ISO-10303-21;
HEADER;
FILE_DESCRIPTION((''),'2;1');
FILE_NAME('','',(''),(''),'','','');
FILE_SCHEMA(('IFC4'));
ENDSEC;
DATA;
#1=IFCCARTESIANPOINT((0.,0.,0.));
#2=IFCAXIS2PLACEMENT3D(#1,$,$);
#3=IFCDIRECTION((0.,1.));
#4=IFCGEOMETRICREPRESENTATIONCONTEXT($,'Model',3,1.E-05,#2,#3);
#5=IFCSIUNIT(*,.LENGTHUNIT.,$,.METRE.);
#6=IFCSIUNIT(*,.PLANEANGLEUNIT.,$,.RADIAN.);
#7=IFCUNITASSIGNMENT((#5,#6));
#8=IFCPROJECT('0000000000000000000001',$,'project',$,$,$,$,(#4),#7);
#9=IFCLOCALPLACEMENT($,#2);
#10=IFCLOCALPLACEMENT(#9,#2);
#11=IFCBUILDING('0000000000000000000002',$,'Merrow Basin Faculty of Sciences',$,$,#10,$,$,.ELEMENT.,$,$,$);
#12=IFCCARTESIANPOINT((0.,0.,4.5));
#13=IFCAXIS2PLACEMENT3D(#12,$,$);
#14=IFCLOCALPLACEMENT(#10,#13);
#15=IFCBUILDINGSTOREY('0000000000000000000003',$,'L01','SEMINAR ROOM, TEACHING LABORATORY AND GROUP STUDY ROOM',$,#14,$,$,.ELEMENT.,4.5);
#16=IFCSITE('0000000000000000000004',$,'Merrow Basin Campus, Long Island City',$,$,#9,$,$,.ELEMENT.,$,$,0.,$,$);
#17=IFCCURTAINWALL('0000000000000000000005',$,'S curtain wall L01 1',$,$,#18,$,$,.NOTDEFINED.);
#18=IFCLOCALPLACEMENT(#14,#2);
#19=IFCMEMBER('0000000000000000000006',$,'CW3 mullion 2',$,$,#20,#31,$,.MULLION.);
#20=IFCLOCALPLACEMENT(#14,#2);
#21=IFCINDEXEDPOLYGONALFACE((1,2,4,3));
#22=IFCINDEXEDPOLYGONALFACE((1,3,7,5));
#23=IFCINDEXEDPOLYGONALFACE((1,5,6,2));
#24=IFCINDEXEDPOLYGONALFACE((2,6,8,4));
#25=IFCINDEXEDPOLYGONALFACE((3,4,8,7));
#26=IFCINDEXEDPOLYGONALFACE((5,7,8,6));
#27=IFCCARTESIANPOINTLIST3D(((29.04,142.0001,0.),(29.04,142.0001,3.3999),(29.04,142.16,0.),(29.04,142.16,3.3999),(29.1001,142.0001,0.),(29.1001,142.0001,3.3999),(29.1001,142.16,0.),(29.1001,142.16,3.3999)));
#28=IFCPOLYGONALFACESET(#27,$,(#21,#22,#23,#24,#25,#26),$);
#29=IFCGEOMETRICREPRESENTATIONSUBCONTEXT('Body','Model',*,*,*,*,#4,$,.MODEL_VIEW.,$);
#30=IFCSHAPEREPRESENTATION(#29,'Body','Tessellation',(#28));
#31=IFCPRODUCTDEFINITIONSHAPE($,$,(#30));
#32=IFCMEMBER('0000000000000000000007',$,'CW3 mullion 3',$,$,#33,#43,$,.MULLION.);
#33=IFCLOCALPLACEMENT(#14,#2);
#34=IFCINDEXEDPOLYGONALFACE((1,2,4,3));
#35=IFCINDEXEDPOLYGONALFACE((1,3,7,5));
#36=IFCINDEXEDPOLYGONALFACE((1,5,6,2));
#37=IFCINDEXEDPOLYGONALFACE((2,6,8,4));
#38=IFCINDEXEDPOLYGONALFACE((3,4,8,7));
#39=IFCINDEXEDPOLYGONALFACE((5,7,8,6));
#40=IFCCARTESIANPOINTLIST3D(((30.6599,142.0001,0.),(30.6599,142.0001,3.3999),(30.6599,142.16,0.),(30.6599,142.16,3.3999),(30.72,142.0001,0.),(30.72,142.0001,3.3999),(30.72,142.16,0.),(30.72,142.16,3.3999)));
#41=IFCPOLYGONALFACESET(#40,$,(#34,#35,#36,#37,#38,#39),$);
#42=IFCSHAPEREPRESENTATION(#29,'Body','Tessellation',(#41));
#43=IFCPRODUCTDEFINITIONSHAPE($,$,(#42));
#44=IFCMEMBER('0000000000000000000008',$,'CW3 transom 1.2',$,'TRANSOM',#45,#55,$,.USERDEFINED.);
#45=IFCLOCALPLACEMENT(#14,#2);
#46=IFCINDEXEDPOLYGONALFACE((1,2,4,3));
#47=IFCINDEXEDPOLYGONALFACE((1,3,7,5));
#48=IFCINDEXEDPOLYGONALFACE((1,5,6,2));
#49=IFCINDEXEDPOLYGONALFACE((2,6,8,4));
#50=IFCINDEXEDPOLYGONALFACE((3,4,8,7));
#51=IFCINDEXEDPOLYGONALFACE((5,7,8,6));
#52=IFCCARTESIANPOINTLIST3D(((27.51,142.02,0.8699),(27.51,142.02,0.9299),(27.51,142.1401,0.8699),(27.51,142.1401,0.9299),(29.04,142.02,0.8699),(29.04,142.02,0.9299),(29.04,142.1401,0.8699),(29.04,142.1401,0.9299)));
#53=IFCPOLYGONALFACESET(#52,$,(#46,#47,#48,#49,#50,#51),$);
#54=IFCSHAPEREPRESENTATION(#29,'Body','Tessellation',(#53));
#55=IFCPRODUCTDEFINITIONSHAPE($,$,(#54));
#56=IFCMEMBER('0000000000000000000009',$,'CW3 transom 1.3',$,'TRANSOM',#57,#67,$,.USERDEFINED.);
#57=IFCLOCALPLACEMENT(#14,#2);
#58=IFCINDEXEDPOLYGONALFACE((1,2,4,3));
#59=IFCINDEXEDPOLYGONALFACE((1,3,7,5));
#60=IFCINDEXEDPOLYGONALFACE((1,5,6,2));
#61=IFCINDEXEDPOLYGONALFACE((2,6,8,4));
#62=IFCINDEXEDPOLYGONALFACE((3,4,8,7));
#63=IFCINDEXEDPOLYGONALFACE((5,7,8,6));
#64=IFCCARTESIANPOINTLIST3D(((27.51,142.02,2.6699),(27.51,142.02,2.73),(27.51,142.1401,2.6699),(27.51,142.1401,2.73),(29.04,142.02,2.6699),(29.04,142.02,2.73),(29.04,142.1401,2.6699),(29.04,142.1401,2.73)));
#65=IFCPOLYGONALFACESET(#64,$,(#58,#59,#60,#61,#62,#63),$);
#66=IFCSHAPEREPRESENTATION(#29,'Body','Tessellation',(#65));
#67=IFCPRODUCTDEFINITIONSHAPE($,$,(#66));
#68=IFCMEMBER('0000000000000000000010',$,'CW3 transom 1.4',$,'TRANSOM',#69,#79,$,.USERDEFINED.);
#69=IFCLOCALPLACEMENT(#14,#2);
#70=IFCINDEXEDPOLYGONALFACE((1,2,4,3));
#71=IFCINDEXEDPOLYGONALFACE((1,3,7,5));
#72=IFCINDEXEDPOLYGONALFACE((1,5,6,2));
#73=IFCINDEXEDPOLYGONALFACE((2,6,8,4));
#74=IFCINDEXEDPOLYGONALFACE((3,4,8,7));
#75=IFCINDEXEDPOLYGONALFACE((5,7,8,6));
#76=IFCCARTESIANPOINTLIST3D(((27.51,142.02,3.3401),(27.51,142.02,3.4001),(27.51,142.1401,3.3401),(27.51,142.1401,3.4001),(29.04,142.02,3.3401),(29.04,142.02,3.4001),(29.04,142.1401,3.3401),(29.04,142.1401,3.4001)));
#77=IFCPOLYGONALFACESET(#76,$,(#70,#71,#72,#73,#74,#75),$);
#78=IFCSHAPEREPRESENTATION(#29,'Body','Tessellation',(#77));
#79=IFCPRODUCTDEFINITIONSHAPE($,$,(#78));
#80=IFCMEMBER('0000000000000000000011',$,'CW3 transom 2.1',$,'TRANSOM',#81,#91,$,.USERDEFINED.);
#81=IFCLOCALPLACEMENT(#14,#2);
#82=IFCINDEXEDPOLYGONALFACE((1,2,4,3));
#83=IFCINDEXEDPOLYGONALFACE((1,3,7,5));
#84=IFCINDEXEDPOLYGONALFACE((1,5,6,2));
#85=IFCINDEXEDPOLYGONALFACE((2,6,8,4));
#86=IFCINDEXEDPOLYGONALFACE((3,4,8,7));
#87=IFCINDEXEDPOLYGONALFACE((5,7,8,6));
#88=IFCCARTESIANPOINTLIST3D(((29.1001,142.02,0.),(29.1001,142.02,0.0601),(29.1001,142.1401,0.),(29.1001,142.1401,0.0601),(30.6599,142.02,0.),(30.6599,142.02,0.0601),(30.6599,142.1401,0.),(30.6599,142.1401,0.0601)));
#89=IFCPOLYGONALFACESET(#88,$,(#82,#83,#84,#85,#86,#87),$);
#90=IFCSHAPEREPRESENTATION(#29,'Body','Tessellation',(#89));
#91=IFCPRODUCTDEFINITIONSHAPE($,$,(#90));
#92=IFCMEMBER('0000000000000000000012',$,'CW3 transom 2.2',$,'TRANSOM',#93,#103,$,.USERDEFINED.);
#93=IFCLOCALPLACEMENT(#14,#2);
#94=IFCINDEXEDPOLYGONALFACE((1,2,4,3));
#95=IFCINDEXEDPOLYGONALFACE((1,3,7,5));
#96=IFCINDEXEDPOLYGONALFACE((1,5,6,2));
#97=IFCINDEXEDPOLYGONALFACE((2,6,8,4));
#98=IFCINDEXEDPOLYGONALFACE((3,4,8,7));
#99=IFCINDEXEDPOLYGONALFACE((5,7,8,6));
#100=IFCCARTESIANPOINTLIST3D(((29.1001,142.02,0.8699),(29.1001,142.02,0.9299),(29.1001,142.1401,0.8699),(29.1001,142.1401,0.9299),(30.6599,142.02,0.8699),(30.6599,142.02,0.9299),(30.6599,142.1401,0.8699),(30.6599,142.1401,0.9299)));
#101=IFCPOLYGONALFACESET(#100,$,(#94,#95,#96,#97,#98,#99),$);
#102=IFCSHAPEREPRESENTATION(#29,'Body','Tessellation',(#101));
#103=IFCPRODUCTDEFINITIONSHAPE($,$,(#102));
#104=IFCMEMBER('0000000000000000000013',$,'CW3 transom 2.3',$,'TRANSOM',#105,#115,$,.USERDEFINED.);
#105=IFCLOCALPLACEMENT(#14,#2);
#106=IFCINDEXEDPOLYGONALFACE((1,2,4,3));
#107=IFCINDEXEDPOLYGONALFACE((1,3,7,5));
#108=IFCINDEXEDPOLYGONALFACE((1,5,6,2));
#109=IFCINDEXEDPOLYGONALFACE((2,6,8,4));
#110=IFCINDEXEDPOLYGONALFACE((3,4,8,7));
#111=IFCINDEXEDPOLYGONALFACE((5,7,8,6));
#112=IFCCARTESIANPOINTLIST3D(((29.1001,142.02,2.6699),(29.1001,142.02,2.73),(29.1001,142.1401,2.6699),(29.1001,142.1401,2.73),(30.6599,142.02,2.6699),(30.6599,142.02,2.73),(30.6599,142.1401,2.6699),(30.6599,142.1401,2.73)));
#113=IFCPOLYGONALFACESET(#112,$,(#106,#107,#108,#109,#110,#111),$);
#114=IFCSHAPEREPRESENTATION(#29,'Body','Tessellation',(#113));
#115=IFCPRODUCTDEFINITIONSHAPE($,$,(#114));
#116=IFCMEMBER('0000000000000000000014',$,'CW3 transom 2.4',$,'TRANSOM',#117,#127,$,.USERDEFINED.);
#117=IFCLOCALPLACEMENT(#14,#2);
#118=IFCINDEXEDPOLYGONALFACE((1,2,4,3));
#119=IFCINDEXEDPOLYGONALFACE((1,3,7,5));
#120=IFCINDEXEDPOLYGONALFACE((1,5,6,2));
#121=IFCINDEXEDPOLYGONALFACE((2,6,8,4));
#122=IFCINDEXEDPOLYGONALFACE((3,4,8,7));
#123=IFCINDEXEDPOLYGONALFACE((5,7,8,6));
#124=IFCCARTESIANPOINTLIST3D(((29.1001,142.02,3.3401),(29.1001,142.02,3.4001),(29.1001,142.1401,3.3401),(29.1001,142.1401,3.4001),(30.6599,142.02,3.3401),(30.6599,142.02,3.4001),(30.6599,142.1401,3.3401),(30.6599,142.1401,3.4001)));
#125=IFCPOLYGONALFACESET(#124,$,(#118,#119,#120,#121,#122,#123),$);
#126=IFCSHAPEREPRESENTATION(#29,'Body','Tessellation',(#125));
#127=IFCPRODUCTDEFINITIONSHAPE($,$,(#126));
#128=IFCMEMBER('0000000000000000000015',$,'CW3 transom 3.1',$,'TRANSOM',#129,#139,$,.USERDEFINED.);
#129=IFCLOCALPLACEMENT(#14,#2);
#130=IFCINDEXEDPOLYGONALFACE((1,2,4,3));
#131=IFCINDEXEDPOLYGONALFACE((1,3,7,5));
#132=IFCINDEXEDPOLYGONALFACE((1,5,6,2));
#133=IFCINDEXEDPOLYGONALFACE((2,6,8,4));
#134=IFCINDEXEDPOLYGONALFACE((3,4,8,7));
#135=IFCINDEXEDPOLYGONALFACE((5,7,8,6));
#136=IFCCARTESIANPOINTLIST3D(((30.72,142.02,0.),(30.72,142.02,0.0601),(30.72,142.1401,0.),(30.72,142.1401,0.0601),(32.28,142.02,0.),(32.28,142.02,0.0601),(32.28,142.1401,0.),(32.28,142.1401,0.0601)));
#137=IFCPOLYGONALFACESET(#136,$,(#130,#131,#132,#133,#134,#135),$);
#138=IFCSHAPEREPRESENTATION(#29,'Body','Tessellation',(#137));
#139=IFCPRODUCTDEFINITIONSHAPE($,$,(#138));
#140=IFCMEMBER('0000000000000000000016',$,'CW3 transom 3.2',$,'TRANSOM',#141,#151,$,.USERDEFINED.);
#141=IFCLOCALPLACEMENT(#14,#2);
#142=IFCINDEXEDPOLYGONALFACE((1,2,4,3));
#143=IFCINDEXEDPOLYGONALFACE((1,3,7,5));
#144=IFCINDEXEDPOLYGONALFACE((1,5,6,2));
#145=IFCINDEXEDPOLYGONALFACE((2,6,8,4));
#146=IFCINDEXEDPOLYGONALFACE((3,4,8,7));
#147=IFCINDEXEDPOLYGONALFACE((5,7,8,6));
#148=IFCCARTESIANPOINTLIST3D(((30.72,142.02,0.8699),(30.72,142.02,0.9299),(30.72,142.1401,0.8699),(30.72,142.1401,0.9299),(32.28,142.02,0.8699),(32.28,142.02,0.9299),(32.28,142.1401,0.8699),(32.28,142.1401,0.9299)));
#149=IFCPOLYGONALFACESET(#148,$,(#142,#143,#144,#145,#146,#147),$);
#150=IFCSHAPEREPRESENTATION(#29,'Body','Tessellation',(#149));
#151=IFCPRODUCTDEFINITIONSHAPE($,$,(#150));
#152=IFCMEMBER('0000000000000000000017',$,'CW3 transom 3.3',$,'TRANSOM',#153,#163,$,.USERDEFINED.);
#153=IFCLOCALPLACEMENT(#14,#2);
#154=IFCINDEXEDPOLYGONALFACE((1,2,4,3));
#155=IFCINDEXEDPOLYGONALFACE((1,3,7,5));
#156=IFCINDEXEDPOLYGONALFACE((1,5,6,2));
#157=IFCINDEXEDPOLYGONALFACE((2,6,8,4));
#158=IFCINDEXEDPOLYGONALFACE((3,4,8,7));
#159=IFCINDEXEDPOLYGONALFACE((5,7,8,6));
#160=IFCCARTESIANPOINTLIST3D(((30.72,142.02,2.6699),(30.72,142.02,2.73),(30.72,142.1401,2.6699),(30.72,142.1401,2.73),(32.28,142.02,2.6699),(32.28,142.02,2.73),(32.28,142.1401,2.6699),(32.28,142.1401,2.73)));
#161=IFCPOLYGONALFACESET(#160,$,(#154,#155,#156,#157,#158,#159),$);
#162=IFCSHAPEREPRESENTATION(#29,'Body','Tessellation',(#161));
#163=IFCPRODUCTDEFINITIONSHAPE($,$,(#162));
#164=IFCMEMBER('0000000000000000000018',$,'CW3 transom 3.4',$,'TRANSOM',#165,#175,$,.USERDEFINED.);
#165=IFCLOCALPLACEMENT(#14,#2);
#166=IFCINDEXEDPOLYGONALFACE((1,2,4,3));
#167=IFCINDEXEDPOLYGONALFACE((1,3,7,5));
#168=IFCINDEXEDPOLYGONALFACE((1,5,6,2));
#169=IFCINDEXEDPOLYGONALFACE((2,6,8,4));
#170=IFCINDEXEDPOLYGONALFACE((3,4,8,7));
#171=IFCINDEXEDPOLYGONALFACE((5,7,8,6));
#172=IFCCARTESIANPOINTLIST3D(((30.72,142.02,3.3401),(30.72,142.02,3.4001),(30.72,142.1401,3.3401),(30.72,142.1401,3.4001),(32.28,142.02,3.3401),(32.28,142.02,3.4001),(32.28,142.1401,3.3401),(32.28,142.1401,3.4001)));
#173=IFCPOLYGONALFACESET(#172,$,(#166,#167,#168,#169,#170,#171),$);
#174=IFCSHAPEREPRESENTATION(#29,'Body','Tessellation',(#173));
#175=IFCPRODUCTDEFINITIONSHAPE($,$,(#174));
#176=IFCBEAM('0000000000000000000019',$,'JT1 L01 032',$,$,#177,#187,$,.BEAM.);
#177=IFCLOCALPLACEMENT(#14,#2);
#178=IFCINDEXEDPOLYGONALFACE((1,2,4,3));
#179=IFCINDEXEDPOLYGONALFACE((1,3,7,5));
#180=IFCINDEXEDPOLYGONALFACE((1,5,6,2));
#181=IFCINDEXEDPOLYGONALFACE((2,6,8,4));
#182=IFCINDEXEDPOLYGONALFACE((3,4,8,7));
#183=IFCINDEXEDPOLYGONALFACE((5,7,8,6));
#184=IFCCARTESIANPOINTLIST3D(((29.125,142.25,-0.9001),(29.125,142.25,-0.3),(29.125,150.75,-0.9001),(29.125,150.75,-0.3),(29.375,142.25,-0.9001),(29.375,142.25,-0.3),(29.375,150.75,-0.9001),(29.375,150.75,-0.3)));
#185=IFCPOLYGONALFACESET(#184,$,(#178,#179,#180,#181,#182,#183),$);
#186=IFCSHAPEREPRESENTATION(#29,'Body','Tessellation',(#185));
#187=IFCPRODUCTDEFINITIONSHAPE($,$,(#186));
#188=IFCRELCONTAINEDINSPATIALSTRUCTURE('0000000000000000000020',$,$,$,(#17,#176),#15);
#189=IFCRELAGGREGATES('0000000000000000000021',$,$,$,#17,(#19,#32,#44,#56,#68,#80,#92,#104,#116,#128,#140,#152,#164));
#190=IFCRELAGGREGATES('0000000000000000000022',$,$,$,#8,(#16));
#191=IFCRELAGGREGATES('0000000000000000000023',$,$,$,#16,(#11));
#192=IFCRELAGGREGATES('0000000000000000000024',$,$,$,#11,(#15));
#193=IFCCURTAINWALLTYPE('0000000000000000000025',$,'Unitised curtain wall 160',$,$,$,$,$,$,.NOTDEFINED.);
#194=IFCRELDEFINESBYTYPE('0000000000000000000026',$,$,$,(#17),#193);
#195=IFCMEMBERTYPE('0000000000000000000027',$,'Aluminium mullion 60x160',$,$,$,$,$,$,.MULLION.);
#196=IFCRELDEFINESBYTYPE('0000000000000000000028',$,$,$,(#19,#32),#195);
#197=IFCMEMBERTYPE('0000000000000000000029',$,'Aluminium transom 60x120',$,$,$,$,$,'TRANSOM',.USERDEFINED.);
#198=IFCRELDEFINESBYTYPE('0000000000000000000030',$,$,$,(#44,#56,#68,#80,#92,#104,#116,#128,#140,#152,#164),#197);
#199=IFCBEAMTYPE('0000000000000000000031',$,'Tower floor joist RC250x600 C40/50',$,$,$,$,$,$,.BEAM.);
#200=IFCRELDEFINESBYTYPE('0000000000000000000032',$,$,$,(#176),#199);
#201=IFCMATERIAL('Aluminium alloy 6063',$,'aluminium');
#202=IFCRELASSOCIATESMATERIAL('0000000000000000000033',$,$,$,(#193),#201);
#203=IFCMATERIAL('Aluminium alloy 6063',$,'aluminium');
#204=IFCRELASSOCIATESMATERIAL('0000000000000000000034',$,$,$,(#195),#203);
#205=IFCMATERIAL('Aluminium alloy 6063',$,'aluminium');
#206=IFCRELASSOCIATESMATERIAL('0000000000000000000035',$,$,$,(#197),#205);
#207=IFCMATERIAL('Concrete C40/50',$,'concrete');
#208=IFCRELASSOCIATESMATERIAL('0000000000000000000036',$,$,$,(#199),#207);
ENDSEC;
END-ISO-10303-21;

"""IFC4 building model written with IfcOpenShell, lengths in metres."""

from ifc_helpers import new_model, si_unit, direction, frame, origin, origin_2d, place, context, subcontext, project, spatial, rectangle, extrude, material, material_profile, profile_set, type_object, element, aggregate, save


model = new_model("IFC4")

# Units and contexts
model_context = context("Model", 3, precision=1e-05, world=origin(), true_north=direction((0.0, 1.0)))
body_context = subcontext(model_context, "Body", "Model", "MODEL_VIEW")
ifc_project = project(units=[si_unit("LENGTHUNIT", "METRE"), si_unit("PLANEANGLEUNIT", "RADIAN")], contexts=[model_context])

# Site, building, storey
site_placement = place(None, origin())
site = spatial("IfcSite", under=ifc_project, at=site_placement, Name="Merrow Basin Campus, Long Island City", CompositionType="ELEMENT", RefElevation=0.0)
building_placement = place(site_placement, origin())
building = spatial("IfcBuilding", under=site, at=building_placement, Name="Merrow Basin Faculty of Sciences", CompositionType="ELEMENT")
storey_placement = place(building_placement, frame((0.0, 0.0, 4.5)))
storey = spatial("IfcBuildingStorey", under=building, at=storey_placement, Name="L01", Description="SEMINAR ROOM, TEACHING LABORATORY AND GROUP STUDY ROOM", CompositionType="ELEMENT", Elevation=4.5)

# Curtain wall, members
ifc_material_1 = material(Name="Aluminium alloy 6063", Category="aluminium")
curtain_wall_type = type_object("IfcCurtainWallType", Name="Unitised curtain wall 160", PredefinedType="NOTDEFINED", material=ifc_material_1)
curtain_wall_placement = place(storey_placement, origin())
curtain_wall = element("IfcCurtainWall", 1, at=curtain_wall_placement, inside=storey, type_object=curtain_wall_type, Name="S curtain wall L01 1", PredefinedType="NOTDEFINED")
ifc_material_2 = material(Name="Aluminium alloy 6063", Category="aluminium")
ifc_material_profile_1 = material_profile(ifc_material_2, rectangle(XDim=0.1599, YDim=0.0601, at=origin_2d()))
ifc_profile_set_1 = profile_set([ifc_material_profile_1], Name="Aluminium alloy 6063")
member_type_1 = type_object("IfcMemberType", Name="Aluminium mullion 60x160", PredefinedType="MULLION", material=ifc_profile_set_1)
member_1_placement = place(storey_placement, frame((29.0701, 142.0801, 0.0), z_axis=(0.0, 0.0, 1.0), x_axis=(0.0, 1.0, 0.0)))
member_1 = element("IfcMember", 2, at=member_1_placement, type_object=member_type_1, Name="CW3 mullion 2", PredefinedType="MULLION", context=body_context, shape_type="SweptSolid", body=[
    extrude(rectangle(XDim=0.1599, YDim=0.0601, at=origin_2d()), origin(), (0.0, 0.0, 1.0), 3.3999),
])
member_2_placement = place(storey_placement, frame((30.6899, 142.0801, 0.0), z_axis=(0.0, 0.0, 1.0), x_axis=(0.0, 1.0, 0.0)))
member_2 = element("IfcMember", 3, at=member_2_placement, type_object=member_type_1, Name="CW3 mullion 3", PredefinedType="MULLION", context=body_context, shape_type="SweptSolid", body=[
    extrude(rectangle(XDim=0.1599, YDim=0.0601, at=origin_2d()), origin(), (0.0, 0.0, 1.0), 3.3999),
])
ifc_material_3 = material(Name="Aluminium alloy 6063", Category="aluminium")
ifc_material_profile_2 = material_profile(ifc_material_3, rectangle(XDim=0.1201, YDim=0.0601, at=origin_2d()))
ifc_profile_set_2 = profile_set([ifc_material_profile_2], Name="Aluminium alloy 6063")
member_type_2 = type_object("IfcMemberType", Name="Aluminium transom 60x120", ElementType="TRANSOM", PredefinedType="USERDEFINED", material=ifc_profile_set_2)
member_3_placement = place(storey_placement, frame((27.51, 142.0801, 0.8999), z_axis=(1.0, 0.0, 0.0), x_axis=(0.0, 1.0, 0.0)))
member_3 = element("IfcMember", 4, at=member_3_placement, type_object=member_type_2, Name="CW3 transom 1.2", ObjectType="TRANSOM", PredefinedType="USERDEFINED", context=body_context, shape_type="SweptSolid", body=[
    extrude(rectangle(XDim=0.1201, YDim=0.0601, at=origin_2d()), origin(), (0.0, 0.0, 1.0), 1.53),
])
member_4_placement = place(storey_placement, frame((27.51, 142.0801, 2.7), z_axis=(1.0, 0.0, 0.0), x_axis=(0.0, 1.0, 0.0)))
member_4 = element("IfcMember", 5, at=member_4_placement, type_object=member_type_2, Name="CW3 transom 1.3", ObjectType="TRANSOM", PredefinedType="USERDEFINED", context=body_context, shape_type="SweptSolid", body=[
    extrude(rectangle(XDim=0.1201, YDim=0.0601, at=origin_2d()), origin(), (0.0, 0.0, 1.0), 1.53),
])
member_5_placement = place(storey_placement, frame((27.51, 142.0801, 3.3701), z_axis=(1.0, 0.0, 0.0), x_axis=(0.0, 1.0, 0.0)))
member_5 = element("IfcMember", 6, at=member_5_placement, type_object=member_type_2, Name="CW3 transom 1.4", ObjectType="TRANSOM", PredefinedType="USERDEFINED", context=body_context, shape_type="SweptSolid", body=[
    extrude(rectangle(XDim=0.1201, YDim=0.0601, at=origin_2d()), origin(), (0.0, 0.0, 1.0), 1.53),
])
member_6_placement = place(storey_placement, frame((29.1001, 142.0801, 0.03), z_axis=(1.0, 0.0, 0.0), x_axis=(0.0, 1.0, 0.0)))
member_6 = element("IfcMember", 7, at=member_6_placement, type_object=member_type_2, Name="CW3 transom 2.1", ObjectType="TRANSOM", PredefinedType="USERDEFINED", context=body_context, shape_type="SweptSolid", body=[
    extrude(rectangle(XDim=0.1201, YDim=0.0601, at=origin_2d()), origin(), (0.0, 0.0, 1.0), 1.5598),
])
member_7_placement = place(storey_placement, frame((29.1001, 142.0801, 0.8999), z_axis=(1.0, 0.0, 0.0), x_axis=(0.0, 1.0, 0.0)))
member_7 = element("IfcMember", 8, at=member_7_placement, type_object=member_type_2, Name="CW3 transom 2.2", ObjectType="TRANSOM", PredefinedType="USERDEFINED", context=body_context, shape_type="SweptSolid", body=[
    extrude(rectangle(XDim=0.1201, YDim=0.0601, at=origin_2d()), origin(), (0.0, 0.0, 1.0), 1.5598),
])
member_8_placement = place(storey_placement, frame((29.1001, 142.0801, 2.7), z_axis=(1.0, 0.0, 0.0), x_axis=(0.0, 1.0, 0.0)))
member_8 = element("IfcMember", 9, at=member_8_placement, type_object=member_type_2, Name="CW3 transom 2.3", ObjectType="TRANSOM", PredefinedType="USERDEFINED", context=body_context, shape_type="SweptSolid", body=[
    extrude(rectangle(XDim=0.1201, YDim=0.0601, at=origin_2d()), origin(), (0.0, 0.0, 1.0), 1.5598),
])
member_9_placement = place(storey_placement, frame((29.1001, 142.0801, 3.3701), z_axis=(1.0, 0.0, 0.0), x_axis=(0.0, 1.0, 0.0)))
member_9 = element("IfcMember", 10, at=member_9_placement, type_object=member_type_2, Name="CW3 transom 2.4", ObjectType="TRANSOM", PredefinedType="USERDEFINED", context=body_context, shape_type="SweptSolid", body=[
    extrude(rectangle(XDim=0.1201, YDim=0.0601, at=origin_2d()), origin(), (0.0, 0.0, 1.0), 1.5598),
])
member_10_placement = place(storey_placement, frame((30.72, 142.0801, 0.03), z_axis=(1.0, 0.0, 0.0), x_axis=(0.0, 1.0, 0.0)))
member_10 = element("IfcMember", 11, at=member_10_placement, type_object=member_type_2, Name="CW3 transom 3.1", ObjectType="TRANSOM", PredefinedType="USERDEFINED", context=body_context, shape_type="SweptSolid", body=[
    extrude(rectangle(XDim=0.1201, YDim=0.0601, at=origin_2d()), origin(), (0.0, 0.0, 1.0), 1.5601),
])
member_11_placement = place(storey_placement, frame((30.72, 142.0801, 0.8999), z_axis=(1.0, 0.0, 0.0), x_axis=(0.0, 1.0, 0.0)))
member_11 = element("IfcMember", 12, at=member_11_placement, type_object=member_type_2, Name="CW3 transom 3.2", ObjectType="TRANSOM", PredefinedType="USERDEFINED", context=body_context, shape_type="SweptSolid", body=[
    extrude(rectangle(XDim=0.1201, YDim=0.0601, at=origin_2d()), origin(), (0.0, 0.0, 1.0), 1.5601),
])
member_12_placement = place(storey_placement, frame((30.72, 142.0801, 2.7), z_axis=(1.0, 0.0, 0.0), x_axis=(0.0, 1.0, 0.0)))
member_12 = element("IfcMember", 13, at=member_12_placement, type_object=member_type_2, Name="CW3 transom 3.3", ObjectType="TRANSOM", PredefinedType="USERDEFINED", context=body_context, shape_type="SweptSolid", body=[
    extrude(rectangle(XDim=0.1201, YDim=0.0601, at=origin_2d()), origin(), (0.0, 0.0, 1.0), 1.5601),
])
member_13_placement = place(storey_placement, frame((30.72, 142.0801, 3.3701), z_axis=(1.0, 0.0, 0.0), x_axis=(0.0, 1.0, 0.0)))
member_13 = element("IfcMember", 14, at=member_13_placement, type_object=member_type_2, Name="CW3 transom 3.4", ObjectType="TRANSOM", PredefinedType="USERDEFINED", context=body_context, shape_type="SweptSolid", body=[
    extrude(rectangle(XDim=0.1201, YDim=0.0601, at=origin_2d()), origin(), (0.0, 0.0, 1.0), 1.5601),
])

# Beam
ifc_material_4 = material(Name="Concrete C40/50", Category="concrete")
ifc_material_profile_3 = material_profile(ifc_material_4, rectangle(XDim=0.25, YDim=0.6001, at=origin_2d()))
ifc_profile_set_3 = profile_set([ifc_material_profile_3], Name="Concrete C40/50")
beam_type = type_object("IfcBeamType", Name="Tower floor joist RC250x600 C40/50", PredefinedType="BEAM", material=ifc_profile_set_3)
for number, where, z_axis, x_axis, name in (
    (15, (29.25, 142.25, -0.6001), (0.0, 1.0, 0.0), (-1.0, 0.0, 0.0), "JT1 L01 032"),
):
    element("IfcBeam", number, at=place(storey_placement, frame(where, z_axis=z_axis, x_axis=x_axis)), inside=storey, type_object=beam_type, Name=name, PredefinedType="BEAM", context=body_context, shape_type="SweptSolid", body=[
        extrude(rectangle(XDim=0.25, YDim=0.6001, at=origin_2d()), origin(), (0.0, 0.0, 1.0), 8.5),
    ])

aggregate(curtain_wall, [member_1, member_2, member_3, member_4, member_5, member_6, member_7, member_8, member_9, member_10, member_11, member_12, member_13])

save(model, "model.ifc")
